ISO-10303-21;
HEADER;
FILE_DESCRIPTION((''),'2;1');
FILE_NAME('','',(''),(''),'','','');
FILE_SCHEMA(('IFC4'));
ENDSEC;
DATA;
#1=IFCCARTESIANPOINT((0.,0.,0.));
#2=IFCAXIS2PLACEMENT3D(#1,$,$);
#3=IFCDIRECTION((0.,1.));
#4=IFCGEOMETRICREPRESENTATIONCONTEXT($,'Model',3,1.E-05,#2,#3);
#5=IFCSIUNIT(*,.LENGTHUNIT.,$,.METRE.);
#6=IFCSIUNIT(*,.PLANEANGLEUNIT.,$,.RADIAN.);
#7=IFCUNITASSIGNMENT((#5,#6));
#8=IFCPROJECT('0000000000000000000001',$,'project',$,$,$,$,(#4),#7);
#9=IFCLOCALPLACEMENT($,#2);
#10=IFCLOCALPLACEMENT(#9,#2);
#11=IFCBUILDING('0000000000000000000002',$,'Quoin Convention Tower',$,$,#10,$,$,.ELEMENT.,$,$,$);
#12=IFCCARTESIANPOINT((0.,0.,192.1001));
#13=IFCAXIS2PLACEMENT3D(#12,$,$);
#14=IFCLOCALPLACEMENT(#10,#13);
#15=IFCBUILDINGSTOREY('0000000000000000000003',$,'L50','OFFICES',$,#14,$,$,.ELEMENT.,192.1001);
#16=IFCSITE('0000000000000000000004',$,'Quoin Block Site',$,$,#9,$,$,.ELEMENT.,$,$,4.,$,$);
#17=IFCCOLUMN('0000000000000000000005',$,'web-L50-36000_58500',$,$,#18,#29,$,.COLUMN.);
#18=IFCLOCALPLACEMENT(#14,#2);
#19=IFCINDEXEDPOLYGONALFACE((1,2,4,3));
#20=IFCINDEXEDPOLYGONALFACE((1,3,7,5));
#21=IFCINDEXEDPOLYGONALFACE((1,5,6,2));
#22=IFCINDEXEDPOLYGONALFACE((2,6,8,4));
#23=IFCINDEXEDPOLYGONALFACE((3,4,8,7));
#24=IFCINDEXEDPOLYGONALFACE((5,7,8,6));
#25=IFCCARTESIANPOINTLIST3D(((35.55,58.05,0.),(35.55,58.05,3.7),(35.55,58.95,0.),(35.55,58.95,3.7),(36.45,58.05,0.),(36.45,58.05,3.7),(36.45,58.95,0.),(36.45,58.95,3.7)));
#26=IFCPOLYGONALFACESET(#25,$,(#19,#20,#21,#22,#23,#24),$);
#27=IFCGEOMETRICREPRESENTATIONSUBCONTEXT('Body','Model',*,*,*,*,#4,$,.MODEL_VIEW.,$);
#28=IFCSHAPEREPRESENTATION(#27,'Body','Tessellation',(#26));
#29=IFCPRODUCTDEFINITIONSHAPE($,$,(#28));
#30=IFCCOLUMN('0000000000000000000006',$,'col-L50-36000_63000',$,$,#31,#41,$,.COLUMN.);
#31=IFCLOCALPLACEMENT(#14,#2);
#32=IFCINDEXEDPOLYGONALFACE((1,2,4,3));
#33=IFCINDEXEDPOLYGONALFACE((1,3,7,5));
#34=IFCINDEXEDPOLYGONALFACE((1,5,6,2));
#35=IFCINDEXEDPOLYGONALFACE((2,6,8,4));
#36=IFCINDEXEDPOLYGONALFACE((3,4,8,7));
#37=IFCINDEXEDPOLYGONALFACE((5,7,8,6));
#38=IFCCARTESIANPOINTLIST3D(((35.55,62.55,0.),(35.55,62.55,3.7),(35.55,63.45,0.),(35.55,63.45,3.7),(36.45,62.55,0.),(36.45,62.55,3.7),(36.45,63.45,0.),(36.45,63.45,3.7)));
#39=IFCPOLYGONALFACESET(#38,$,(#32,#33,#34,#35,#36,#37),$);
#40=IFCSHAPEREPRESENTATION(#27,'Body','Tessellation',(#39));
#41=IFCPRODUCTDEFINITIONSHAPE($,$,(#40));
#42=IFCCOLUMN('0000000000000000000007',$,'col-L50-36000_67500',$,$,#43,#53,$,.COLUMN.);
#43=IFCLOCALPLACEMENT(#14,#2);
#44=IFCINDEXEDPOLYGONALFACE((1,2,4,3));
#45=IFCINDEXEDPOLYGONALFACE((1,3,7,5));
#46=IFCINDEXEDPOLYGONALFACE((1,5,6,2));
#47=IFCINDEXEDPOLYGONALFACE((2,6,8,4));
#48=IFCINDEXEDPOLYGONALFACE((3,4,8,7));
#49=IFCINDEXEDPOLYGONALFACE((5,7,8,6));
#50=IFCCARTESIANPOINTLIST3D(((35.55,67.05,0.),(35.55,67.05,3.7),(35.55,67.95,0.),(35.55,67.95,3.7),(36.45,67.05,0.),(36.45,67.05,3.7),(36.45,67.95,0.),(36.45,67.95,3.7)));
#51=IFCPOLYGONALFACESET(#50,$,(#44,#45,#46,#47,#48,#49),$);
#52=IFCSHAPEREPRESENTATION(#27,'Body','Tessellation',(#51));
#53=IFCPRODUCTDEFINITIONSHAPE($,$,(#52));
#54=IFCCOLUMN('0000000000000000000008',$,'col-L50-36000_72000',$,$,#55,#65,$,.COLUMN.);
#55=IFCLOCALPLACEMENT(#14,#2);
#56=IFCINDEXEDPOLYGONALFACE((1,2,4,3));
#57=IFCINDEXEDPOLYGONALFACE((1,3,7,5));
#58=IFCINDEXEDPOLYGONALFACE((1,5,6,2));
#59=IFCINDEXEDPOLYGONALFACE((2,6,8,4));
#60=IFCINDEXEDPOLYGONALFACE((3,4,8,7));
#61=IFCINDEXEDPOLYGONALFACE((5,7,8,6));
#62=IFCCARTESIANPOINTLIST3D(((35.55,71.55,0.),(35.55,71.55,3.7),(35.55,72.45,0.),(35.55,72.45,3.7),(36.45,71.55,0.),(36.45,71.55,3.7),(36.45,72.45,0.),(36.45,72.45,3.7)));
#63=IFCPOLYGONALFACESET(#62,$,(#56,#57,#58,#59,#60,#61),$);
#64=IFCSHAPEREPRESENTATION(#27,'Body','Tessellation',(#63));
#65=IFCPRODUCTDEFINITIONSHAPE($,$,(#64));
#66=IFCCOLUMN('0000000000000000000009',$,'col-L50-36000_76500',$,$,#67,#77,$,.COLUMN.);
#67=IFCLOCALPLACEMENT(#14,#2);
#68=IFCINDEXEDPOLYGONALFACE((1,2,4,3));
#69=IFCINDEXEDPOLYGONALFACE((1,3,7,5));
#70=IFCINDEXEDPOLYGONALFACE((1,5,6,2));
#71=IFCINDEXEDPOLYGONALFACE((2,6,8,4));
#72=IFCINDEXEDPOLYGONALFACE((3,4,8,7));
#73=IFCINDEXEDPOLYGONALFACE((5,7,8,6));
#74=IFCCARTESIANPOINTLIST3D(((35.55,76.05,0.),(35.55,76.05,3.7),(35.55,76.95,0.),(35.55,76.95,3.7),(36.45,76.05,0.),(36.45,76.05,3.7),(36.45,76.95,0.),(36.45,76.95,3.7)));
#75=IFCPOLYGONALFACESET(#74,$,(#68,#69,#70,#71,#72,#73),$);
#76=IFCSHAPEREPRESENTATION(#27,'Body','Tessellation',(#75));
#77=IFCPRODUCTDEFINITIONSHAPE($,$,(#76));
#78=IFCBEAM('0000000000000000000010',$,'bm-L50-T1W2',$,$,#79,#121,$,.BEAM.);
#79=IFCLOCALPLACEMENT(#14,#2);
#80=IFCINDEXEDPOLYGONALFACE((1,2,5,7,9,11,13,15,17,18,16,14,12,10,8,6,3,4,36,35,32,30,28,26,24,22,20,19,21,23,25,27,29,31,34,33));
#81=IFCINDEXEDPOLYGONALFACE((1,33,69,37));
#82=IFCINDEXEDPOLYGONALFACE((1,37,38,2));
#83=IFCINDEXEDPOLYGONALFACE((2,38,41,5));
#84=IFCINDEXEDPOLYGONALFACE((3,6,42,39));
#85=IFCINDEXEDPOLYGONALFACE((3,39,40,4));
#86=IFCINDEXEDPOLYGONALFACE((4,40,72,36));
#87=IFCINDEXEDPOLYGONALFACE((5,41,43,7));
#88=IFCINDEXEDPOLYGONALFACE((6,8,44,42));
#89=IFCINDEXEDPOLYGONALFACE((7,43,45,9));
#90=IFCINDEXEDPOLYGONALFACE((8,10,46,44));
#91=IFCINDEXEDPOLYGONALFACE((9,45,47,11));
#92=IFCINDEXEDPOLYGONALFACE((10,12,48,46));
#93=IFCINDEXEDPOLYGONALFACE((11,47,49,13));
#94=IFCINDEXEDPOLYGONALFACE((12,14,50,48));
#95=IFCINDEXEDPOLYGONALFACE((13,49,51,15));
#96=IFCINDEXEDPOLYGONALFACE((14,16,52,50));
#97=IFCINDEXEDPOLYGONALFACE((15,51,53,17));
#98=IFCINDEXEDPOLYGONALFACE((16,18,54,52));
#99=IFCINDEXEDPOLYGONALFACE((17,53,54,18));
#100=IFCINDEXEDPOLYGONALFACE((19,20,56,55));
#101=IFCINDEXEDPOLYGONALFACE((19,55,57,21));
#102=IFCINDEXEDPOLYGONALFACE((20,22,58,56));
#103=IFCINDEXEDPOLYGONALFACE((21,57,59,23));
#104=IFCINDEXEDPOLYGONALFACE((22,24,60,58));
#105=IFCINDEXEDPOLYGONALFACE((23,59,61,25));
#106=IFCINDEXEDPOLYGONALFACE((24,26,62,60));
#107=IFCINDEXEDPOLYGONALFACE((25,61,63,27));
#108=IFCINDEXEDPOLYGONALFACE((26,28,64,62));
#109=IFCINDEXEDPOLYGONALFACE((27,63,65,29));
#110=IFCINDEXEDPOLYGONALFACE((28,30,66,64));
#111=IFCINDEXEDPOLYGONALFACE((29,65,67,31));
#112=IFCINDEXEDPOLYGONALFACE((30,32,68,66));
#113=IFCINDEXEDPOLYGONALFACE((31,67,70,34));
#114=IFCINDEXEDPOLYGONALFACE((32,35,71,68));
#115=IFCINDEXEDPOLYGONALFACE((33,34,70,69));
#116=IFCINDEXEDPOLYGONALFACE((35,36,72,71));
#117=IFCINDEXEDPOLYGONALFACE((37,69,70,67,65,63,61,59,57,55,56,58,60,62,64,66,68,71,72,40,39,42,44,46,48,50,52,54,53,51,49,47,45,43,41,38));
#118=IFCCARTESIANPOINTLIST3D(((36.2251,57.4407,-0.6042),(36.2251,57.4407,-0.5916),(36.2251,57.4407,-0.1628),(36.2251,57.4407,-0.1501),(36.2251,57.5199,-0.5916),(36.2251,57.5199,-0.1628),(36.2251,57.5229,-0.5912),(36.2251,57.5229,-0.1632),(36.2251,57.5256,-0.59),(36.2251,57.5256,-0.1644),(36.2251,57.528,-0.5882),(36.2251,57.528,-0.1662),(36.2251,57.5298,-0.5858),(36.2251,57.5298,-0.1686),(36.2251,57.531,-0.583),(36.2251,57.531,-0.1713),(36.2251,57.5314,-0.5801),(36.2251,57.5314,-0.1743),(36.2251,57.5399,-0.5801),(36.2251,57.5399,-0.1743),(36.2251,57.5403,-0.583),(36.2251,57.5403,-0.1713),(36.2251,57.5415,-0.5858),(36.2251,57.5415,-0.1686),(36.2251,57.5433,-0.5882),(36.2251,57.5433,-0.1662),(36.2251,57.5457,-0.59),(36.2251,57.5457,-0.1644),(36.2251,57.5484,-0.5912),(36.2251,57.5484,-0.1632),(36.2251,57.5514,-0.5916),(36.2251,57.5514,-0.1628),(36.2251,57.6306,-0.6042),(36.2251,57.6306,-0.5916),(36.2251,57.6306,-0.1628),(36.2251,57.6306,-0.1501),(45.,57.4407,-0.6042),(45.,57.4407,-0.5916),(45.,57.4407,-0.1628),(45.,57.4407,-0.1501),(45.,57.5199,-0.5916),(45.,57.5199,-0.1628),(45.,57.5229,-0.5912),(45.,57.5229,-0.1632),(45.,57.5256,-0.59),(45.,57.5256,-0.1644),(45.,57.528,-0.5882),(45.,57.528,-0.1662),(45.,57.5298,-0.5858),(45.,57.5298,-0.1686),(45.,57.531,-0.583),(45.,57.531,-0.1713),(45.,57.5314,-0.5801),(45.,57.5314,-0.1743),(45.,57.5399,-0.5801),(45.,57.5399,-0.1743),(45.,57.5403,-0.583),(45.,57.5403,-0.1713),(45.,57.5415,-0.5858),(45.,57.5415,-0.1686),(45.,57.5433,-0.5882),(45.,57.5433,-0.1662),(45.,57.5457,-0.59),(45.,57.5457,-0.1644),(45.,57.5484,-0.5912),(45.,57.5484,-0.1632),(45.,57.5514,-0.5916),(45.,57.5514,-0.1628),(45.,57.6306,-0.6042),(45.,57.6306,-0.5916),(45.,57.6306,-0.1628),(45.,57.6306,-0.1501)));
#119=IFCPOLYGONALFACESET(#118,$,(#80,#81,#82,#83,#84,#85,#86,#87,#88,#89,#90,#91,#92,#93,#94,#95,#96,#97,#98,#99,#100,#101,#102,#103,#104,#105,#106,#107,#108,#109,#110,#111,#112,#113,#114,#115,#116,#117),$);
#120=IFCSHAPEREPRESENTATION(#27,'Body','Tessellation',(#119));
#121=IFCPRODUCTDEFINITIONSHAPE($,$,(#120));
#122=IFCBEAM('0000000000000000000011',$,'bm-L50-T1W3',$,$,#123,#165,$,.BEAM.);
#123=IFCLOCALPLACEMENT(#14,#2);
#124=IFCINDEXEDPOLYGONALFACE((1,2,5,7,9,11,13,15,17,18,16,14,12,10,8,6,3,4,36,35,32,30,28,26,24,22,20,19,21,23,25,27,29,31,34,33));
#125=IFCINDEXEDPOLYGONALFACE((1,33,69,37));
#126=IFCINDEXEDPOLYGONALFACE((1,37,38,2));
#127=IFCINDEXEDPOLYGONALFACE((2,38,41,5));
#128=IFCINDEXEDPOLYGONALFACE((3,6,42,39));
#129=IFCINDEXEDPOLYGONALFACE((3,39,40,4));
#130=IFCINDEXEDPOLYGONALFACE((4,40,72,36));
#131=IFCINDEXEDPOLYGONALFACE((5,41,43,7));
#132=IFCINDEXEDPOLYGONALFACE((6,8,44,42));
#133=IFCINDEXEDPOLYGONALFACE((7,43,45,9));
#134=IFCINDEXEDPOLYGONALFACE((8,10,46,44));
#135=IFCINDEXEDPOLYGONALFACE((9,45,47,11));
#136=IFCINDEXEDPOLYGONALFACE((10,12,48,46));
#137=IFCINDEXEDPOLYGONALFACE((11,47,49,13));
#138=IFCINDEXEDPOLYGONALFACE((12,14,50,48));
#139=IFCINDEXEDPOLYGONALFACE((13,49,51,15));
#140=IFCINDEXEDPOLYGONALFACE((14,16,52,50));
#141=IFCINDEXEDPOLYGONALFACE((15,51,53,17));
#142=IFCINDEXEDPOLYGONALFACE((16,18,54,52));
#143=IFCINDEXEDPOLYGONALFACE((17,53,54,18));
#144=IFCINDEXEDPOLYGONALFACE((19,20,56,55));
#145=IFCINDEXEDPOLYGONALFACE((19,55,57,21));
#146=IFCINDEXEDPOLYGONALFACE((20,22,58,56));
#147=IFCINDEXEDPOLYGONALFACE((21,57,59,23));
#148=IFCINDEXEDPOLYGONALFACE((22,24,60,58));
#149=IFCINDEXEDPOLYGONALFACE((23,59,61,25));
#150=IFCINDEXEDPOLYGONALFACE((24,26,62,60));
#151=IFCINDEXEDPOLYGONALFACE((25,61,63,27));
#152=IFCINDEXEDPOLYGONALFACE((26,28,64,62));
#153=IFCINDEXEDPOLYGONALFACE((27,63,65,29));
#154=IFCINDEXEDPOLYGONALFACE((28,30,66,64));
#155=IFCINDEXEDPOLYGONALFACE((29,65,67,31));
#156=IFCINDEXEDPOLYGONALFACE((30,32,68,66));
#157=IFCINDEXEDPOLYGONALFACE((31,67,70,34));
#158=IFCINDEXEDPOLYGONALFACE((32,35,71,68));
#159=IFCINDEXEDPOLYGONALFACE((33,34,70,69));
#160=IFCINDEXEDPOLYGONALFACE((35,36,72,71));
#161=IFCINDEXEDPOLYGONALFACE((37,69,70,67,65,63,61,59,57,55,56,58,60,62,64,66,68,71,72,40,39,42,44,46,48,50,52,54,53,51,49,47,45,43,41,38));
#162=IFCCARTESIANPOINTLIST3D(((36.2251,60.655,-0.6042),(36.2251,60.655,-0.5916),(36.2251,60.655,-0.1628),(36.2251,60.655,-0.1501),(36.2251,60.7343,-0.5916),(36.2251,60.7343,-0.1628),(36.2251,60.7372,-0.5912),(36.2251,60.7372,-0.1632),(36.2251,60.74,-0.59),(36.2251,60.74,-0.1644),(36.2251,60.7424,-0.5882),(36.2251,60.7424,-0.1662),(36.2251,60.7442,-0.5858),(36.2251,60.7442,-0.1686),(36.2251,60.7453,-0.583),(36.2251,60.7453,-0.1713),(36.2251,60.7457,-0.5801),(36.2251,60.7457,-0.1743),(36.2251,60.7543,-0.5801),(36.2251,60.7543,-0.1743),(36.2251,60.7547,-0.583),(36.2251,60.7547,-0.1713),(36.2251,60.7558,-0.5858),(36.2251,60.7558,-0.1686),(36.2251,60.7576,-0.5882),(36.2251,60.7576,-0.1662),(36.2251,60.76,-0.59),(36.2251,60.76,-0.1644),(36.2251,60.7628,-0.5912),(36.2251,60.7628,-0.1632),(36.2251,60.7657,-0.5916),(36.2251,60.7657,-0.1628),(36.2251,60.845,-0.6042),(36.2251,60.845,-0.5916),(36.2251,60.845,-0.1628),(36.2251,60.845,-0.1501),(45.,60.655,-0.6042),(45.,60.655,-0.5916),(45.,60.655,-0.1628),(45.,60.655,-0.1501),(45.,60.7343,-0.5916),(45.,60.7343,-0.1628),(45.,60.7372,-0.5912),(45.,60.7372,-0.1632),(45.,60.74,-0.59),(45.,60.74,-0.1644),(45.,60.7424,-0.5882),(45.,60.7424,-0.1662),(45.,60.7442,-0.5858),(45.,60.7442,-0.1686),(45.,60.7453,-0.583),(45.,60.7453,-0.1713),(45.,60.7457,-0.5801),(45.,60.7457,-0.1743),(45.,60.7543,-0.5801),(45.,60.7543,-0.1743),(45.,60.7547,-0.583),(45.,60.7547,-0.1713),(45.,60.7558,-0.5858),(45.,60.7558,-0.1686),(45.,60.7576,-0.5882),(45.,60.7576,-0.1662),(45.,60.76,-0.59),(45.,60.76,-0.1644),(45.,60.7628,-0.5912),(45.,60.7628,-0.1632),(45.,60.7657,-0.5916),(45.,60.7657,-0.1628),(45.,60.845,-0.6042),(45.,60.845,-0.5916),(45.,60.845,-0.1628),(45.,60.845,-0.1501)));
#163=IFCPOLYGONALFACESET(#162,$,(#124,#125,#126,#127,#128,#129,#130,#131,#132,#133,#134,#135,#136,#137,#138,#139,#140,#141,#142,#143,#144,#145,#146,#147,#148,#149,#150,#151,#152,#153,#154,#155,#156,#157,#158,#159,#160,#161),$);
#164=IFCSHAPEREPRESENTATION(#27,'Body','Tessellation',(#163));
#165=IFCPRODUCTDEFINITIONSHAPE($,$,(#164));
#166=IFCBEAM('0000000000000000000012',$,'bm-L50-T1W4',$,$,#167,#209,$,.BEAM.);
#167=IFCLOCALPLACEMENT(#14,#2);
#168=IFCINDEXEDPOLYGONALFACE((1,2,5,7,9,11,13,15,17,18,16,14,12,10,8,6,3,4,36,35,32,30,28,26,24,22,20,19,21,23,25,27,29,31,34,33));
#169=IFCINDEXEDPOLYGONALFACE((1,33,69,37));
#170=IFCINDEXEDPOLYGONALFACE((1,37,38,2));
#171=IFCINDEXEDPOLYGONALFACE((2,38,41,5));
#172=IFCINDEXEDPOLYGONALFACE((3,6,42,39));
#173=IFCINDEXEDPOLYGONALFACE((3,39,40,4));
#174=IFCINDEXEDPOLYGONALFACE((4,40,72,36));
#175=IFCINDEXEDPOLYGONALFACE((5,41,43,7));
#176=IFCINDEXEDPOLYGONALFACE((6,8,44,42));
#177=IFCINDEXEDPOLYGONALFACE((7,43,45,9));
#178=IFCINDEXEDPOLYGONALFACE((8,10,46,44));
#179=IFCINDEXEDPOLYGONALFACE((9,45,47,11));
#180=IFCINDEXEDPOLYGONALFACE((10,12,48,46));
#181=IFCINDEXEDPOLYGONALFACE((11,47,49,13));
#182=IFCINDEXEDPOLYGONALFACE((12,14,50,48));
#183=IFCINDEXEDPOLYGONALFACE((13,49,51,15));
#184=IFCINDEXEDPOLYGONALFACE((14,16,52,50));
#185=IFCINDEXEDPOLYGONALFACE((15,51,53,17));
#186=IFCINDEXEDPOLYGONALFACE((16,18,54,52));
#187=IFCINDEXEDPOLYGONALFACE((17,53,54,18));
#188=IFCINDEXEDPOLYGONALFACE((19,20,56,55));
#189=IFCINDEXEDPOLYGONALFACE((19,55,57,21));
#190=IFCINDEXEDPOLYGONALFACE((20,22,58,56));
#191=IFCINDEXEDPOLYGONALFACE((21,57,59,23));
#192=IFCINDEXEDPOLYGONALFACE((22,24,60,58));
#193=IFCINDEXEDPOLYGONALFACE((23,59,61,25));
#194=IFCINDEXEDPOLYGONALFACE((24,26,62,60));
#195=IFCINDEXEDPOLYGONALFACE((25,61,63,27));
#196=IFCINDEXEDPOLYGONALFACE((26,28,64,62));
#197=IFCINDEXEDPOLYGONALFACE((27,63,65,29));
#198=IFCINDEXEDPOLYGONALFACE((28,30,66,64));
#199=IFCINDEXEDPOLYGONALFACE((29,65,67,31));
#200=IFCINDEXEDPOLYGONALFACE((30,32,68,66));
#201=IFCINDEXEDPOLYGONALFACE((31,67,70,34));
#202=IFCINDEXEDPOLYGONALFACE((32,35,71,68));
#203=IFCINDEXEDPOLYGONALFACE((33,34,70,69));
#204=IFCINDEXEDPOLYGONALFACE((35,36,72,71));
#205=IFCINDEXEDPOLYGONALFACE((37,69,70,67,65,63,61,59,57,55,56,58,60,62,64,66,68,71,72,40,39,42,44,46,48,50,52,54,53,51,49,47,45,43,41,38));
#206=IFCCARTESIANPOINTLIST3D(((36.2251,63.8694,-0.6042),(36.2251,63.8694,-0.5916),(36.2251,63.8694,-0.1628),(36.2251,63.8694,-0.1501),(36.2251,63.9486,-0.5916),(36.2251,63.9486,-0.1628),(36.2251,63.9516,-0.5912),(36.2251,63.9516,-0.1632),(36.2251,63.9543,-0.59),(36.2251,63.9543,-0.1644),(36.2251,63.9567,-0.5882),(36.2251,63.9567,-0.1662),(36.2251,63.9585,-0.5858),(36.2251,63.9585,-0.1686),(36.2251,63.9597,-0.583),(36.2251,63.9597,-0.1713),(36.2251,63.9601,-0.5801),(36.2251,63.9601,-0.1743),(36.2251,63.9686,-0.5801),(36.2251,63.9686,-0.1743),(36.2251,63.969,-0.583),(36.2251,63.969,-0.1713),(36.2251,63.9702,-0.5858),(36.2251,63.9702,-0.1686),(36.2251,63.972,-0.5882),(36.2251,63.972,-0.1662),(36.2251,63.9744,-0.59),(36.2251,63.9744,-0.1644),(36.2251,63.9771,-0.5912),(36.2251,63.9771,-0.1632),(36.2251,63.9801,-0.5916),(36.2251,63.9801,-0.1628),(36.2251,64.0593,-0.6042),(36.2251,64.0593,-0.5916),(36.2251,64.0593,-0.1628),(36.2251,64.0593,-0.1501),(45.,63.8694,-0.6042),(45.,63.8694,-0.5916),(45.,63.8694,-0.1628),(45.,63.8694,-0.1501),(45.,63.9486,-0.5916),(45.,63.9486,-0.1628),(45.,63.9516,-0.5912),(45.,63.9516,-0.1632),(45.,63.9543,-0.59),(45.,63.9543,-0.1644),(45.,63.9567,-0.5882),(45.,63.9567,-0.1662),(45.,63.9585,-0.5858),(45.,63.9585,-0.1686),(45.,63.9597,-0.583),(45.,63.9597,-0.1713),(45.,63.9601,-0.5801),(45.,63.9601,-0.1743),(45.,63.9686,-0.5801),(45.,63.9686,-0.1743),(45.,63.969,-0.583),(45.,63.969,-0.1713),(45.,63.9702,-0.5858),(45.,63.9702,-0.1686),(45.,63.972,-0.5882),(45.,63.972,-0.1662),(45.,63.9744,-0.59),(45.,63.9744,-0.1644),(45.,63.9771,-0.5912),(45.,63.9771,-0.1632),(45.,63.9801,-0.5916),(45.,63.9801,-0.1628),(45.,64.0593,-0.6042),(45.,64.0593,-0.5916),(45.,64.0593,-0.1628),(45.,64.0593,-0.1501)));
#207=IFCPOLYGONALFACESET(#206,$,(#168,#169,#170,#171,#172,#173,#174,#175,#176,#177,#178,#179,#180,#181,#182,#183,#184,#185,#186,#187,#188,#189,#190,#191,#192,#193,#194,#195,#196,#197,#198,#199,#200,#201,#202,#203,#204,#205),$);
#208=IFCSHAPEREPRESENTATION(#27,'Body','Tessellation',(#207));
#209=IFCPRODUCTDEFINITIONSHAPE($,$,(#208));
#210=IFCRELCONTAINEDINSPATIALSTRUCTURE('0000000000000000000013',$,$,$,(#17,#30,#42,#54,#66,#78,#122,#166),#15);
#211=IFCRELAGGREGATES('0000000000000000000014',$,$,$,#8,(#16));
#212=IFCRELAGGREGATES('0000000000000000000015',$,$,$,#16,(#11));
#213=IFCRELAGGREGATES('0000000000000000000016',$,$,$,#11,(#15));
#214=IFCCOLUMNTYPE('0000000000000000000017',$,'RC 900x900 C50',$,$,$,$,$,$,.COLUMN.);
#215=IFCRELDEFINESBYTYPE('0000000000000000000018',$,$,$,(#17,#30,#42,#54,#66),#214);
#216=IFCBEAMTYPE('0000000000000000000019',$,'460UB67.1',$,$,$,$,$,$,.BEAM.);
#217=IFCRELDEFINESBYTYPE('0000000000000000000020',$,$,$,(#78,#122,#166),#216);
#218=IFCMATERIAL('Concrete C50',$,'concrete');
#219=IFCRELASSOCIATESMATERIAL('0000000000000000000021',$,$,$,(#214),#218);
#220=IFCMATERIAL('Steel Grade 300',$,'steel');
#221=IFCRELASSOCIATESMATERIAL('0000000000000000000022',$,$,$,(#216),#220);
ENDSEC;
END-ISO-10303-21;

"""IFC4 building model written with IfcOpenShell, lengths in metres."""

from ifc_helpers import new_model, si_unit, direction, frame, origin, origin_2d, place, context, subcontext, project, spatial, rectangle, i_section, extrude, material, material_profile, profile_set, type_object, element, save


model = new_model("IFC4")

# Units and contexts
model_context = context("Model", 3, precision=1e-05, world=origin(), true_north=direction((0.0, 1.0)))
body_context = subcontext(model_context, "Body", "Model", "MODEL_VIEW")
ifc_project = project(units=[si_unit("LENGTHUNIT", "METRE"), si_unit("PLANEANGLEUNIT", "RADIAN")], contexts=[model_context])

# Site, building, storey
site_placement = place(None, origin())
site = spatial("IfcSite", under=ifc_project, at=site_placement, Name="Quoin Block Site", CompositionType="ELEMENT", RefElevation=4.0)
building_placement = place(site_placement, origin())
building = spatial("IfcBuilding", under=site, at=building_placement, Name="Quoin Convention Tower", CompositionType="ELEMENT")
storey_placement = place(building_placement, frame((0.0, 0.0, 192.1001)))
storey = spatial("IfcBuildingStorey", under=building, at=storey_placement, Name="L50", Description="OFFICES", CompositionType="ELEMENT", Elevation=192.1001)

# Columns
ifc_material_1 = material(Name="Concrete C50", Category="concrete")
ifc_material_profile_1 = material_profile(ifc_material_1, rectangle(XDim=0.8999, YDim=0.8999, at=origin_2d()), Name="RC 900x900")
ifc_profile_set_1 = profile_set([ifc_material_profile_1], Name="Concrete C50")
column_type = type_object("IfcColumnType", Name="RC 900x900 C50", PredefinedType="COLUMN", material=ifc_profile_set_1)
for number, where, z_axis, x_axis, name in (
    (1, (36.0, 58.5, 0.0), (0.0, 0.0, 1.0), (1.0, 0.0, 0.0), "web-L50-36000_58500"),
    (2, (36.0, 63.0, 0.0), (0.0, 0.0, 1.0), (1.0, 0.0, 0.0), "col-L50-36000_63000"),
    (3, (36.0, 67.5, 0.0), (0.0, 0.0, 1.0), (1.0, 0.0, 0.0), "col-L50-36000_67500"),
    (4, (36.0, 72.0, 0.0), (0.0, 0.0, 1.0), (1.0, 0.0, 0.0), "col-L50-36000_72000"),
    (5, (36.0, 76.5, 0.0), (0.0, 0.0, 1.0), (1.0, 0.0, 0.0), "col-L50-36000_76500"),
):
    element("IfcColumn", number, at=place(storey_placement, frame(where, z_axis=z_axis, x_axis=x_axis)), inside=storey, type_object=column_type, Name=name, PredefinedType="COLUMN", context=body_context, shape_type="SweptSolid", body=[
        extrude(rectangle(XDim=0.8999, YDim=0.8999, at=origin_2d()), origin(), (0.0, 0.0, 1.0), 3.7),
    ])

# Beams
ifc_material_2 = material(Name="Steel Grade 300", Category="steel")
ifc_material_profile_2 = material_profile(ifc_material_2, i_section(OverallWidth=0.1899, OverallDepth=0.4541, WebThickness=0.0085, FlangeThickness=0.0127, FilletRadius=0.0115, at=origin_2d()), Name="460UB67.1")
ifc_profile_set_2 = profile_set([ifc_material_profile_2], Name="Steel Grade 300")
beam_type_1 = type_object("IfcBeamType", Name="460UB67.1", PredefinedType="BEAM", material=ifc_profile_set_2)
for number, where, z_axis, x_axis, name in (
    (6, (36.2251, 57.5356, -0.3772), (1.0, 0.0, 0.0), (0.0, 1.0, 0.0), "bm-L50-T1W2"),
    (7, (36.2251, 60.75, -0.3772), (1.0, 0.0, 0.0), (0.0, 1.0, 0.0), "bm-L50-T1W3"),
    (8, (36.2251, 63.9644, -0.3772), (1.0, 0.0, 0.0), (0.0, 1.0, 0.0), "bm-L50-T1W4"),
):
    element("IfcBeam", number, at=place(storey_placement, frame(where, z_axis=z_axis, x_axis=x_axis)), inside=storey, type_object=beam_type_1, Name=name, PredefinedType="BEAM", context=body_context, shape_type="SweptSolid", body=[
        extrude(i_section(OverallWidth=0.1899, OverallDepth=0.4541, WebThickness=0.0085, FlangeThickness=0.0127, FilletRadius=0.0115, at=origin_2d()), origin(), (0.0, 0.0, 1.0), 8.7749),
    ])

save(model, "model.ifc")
